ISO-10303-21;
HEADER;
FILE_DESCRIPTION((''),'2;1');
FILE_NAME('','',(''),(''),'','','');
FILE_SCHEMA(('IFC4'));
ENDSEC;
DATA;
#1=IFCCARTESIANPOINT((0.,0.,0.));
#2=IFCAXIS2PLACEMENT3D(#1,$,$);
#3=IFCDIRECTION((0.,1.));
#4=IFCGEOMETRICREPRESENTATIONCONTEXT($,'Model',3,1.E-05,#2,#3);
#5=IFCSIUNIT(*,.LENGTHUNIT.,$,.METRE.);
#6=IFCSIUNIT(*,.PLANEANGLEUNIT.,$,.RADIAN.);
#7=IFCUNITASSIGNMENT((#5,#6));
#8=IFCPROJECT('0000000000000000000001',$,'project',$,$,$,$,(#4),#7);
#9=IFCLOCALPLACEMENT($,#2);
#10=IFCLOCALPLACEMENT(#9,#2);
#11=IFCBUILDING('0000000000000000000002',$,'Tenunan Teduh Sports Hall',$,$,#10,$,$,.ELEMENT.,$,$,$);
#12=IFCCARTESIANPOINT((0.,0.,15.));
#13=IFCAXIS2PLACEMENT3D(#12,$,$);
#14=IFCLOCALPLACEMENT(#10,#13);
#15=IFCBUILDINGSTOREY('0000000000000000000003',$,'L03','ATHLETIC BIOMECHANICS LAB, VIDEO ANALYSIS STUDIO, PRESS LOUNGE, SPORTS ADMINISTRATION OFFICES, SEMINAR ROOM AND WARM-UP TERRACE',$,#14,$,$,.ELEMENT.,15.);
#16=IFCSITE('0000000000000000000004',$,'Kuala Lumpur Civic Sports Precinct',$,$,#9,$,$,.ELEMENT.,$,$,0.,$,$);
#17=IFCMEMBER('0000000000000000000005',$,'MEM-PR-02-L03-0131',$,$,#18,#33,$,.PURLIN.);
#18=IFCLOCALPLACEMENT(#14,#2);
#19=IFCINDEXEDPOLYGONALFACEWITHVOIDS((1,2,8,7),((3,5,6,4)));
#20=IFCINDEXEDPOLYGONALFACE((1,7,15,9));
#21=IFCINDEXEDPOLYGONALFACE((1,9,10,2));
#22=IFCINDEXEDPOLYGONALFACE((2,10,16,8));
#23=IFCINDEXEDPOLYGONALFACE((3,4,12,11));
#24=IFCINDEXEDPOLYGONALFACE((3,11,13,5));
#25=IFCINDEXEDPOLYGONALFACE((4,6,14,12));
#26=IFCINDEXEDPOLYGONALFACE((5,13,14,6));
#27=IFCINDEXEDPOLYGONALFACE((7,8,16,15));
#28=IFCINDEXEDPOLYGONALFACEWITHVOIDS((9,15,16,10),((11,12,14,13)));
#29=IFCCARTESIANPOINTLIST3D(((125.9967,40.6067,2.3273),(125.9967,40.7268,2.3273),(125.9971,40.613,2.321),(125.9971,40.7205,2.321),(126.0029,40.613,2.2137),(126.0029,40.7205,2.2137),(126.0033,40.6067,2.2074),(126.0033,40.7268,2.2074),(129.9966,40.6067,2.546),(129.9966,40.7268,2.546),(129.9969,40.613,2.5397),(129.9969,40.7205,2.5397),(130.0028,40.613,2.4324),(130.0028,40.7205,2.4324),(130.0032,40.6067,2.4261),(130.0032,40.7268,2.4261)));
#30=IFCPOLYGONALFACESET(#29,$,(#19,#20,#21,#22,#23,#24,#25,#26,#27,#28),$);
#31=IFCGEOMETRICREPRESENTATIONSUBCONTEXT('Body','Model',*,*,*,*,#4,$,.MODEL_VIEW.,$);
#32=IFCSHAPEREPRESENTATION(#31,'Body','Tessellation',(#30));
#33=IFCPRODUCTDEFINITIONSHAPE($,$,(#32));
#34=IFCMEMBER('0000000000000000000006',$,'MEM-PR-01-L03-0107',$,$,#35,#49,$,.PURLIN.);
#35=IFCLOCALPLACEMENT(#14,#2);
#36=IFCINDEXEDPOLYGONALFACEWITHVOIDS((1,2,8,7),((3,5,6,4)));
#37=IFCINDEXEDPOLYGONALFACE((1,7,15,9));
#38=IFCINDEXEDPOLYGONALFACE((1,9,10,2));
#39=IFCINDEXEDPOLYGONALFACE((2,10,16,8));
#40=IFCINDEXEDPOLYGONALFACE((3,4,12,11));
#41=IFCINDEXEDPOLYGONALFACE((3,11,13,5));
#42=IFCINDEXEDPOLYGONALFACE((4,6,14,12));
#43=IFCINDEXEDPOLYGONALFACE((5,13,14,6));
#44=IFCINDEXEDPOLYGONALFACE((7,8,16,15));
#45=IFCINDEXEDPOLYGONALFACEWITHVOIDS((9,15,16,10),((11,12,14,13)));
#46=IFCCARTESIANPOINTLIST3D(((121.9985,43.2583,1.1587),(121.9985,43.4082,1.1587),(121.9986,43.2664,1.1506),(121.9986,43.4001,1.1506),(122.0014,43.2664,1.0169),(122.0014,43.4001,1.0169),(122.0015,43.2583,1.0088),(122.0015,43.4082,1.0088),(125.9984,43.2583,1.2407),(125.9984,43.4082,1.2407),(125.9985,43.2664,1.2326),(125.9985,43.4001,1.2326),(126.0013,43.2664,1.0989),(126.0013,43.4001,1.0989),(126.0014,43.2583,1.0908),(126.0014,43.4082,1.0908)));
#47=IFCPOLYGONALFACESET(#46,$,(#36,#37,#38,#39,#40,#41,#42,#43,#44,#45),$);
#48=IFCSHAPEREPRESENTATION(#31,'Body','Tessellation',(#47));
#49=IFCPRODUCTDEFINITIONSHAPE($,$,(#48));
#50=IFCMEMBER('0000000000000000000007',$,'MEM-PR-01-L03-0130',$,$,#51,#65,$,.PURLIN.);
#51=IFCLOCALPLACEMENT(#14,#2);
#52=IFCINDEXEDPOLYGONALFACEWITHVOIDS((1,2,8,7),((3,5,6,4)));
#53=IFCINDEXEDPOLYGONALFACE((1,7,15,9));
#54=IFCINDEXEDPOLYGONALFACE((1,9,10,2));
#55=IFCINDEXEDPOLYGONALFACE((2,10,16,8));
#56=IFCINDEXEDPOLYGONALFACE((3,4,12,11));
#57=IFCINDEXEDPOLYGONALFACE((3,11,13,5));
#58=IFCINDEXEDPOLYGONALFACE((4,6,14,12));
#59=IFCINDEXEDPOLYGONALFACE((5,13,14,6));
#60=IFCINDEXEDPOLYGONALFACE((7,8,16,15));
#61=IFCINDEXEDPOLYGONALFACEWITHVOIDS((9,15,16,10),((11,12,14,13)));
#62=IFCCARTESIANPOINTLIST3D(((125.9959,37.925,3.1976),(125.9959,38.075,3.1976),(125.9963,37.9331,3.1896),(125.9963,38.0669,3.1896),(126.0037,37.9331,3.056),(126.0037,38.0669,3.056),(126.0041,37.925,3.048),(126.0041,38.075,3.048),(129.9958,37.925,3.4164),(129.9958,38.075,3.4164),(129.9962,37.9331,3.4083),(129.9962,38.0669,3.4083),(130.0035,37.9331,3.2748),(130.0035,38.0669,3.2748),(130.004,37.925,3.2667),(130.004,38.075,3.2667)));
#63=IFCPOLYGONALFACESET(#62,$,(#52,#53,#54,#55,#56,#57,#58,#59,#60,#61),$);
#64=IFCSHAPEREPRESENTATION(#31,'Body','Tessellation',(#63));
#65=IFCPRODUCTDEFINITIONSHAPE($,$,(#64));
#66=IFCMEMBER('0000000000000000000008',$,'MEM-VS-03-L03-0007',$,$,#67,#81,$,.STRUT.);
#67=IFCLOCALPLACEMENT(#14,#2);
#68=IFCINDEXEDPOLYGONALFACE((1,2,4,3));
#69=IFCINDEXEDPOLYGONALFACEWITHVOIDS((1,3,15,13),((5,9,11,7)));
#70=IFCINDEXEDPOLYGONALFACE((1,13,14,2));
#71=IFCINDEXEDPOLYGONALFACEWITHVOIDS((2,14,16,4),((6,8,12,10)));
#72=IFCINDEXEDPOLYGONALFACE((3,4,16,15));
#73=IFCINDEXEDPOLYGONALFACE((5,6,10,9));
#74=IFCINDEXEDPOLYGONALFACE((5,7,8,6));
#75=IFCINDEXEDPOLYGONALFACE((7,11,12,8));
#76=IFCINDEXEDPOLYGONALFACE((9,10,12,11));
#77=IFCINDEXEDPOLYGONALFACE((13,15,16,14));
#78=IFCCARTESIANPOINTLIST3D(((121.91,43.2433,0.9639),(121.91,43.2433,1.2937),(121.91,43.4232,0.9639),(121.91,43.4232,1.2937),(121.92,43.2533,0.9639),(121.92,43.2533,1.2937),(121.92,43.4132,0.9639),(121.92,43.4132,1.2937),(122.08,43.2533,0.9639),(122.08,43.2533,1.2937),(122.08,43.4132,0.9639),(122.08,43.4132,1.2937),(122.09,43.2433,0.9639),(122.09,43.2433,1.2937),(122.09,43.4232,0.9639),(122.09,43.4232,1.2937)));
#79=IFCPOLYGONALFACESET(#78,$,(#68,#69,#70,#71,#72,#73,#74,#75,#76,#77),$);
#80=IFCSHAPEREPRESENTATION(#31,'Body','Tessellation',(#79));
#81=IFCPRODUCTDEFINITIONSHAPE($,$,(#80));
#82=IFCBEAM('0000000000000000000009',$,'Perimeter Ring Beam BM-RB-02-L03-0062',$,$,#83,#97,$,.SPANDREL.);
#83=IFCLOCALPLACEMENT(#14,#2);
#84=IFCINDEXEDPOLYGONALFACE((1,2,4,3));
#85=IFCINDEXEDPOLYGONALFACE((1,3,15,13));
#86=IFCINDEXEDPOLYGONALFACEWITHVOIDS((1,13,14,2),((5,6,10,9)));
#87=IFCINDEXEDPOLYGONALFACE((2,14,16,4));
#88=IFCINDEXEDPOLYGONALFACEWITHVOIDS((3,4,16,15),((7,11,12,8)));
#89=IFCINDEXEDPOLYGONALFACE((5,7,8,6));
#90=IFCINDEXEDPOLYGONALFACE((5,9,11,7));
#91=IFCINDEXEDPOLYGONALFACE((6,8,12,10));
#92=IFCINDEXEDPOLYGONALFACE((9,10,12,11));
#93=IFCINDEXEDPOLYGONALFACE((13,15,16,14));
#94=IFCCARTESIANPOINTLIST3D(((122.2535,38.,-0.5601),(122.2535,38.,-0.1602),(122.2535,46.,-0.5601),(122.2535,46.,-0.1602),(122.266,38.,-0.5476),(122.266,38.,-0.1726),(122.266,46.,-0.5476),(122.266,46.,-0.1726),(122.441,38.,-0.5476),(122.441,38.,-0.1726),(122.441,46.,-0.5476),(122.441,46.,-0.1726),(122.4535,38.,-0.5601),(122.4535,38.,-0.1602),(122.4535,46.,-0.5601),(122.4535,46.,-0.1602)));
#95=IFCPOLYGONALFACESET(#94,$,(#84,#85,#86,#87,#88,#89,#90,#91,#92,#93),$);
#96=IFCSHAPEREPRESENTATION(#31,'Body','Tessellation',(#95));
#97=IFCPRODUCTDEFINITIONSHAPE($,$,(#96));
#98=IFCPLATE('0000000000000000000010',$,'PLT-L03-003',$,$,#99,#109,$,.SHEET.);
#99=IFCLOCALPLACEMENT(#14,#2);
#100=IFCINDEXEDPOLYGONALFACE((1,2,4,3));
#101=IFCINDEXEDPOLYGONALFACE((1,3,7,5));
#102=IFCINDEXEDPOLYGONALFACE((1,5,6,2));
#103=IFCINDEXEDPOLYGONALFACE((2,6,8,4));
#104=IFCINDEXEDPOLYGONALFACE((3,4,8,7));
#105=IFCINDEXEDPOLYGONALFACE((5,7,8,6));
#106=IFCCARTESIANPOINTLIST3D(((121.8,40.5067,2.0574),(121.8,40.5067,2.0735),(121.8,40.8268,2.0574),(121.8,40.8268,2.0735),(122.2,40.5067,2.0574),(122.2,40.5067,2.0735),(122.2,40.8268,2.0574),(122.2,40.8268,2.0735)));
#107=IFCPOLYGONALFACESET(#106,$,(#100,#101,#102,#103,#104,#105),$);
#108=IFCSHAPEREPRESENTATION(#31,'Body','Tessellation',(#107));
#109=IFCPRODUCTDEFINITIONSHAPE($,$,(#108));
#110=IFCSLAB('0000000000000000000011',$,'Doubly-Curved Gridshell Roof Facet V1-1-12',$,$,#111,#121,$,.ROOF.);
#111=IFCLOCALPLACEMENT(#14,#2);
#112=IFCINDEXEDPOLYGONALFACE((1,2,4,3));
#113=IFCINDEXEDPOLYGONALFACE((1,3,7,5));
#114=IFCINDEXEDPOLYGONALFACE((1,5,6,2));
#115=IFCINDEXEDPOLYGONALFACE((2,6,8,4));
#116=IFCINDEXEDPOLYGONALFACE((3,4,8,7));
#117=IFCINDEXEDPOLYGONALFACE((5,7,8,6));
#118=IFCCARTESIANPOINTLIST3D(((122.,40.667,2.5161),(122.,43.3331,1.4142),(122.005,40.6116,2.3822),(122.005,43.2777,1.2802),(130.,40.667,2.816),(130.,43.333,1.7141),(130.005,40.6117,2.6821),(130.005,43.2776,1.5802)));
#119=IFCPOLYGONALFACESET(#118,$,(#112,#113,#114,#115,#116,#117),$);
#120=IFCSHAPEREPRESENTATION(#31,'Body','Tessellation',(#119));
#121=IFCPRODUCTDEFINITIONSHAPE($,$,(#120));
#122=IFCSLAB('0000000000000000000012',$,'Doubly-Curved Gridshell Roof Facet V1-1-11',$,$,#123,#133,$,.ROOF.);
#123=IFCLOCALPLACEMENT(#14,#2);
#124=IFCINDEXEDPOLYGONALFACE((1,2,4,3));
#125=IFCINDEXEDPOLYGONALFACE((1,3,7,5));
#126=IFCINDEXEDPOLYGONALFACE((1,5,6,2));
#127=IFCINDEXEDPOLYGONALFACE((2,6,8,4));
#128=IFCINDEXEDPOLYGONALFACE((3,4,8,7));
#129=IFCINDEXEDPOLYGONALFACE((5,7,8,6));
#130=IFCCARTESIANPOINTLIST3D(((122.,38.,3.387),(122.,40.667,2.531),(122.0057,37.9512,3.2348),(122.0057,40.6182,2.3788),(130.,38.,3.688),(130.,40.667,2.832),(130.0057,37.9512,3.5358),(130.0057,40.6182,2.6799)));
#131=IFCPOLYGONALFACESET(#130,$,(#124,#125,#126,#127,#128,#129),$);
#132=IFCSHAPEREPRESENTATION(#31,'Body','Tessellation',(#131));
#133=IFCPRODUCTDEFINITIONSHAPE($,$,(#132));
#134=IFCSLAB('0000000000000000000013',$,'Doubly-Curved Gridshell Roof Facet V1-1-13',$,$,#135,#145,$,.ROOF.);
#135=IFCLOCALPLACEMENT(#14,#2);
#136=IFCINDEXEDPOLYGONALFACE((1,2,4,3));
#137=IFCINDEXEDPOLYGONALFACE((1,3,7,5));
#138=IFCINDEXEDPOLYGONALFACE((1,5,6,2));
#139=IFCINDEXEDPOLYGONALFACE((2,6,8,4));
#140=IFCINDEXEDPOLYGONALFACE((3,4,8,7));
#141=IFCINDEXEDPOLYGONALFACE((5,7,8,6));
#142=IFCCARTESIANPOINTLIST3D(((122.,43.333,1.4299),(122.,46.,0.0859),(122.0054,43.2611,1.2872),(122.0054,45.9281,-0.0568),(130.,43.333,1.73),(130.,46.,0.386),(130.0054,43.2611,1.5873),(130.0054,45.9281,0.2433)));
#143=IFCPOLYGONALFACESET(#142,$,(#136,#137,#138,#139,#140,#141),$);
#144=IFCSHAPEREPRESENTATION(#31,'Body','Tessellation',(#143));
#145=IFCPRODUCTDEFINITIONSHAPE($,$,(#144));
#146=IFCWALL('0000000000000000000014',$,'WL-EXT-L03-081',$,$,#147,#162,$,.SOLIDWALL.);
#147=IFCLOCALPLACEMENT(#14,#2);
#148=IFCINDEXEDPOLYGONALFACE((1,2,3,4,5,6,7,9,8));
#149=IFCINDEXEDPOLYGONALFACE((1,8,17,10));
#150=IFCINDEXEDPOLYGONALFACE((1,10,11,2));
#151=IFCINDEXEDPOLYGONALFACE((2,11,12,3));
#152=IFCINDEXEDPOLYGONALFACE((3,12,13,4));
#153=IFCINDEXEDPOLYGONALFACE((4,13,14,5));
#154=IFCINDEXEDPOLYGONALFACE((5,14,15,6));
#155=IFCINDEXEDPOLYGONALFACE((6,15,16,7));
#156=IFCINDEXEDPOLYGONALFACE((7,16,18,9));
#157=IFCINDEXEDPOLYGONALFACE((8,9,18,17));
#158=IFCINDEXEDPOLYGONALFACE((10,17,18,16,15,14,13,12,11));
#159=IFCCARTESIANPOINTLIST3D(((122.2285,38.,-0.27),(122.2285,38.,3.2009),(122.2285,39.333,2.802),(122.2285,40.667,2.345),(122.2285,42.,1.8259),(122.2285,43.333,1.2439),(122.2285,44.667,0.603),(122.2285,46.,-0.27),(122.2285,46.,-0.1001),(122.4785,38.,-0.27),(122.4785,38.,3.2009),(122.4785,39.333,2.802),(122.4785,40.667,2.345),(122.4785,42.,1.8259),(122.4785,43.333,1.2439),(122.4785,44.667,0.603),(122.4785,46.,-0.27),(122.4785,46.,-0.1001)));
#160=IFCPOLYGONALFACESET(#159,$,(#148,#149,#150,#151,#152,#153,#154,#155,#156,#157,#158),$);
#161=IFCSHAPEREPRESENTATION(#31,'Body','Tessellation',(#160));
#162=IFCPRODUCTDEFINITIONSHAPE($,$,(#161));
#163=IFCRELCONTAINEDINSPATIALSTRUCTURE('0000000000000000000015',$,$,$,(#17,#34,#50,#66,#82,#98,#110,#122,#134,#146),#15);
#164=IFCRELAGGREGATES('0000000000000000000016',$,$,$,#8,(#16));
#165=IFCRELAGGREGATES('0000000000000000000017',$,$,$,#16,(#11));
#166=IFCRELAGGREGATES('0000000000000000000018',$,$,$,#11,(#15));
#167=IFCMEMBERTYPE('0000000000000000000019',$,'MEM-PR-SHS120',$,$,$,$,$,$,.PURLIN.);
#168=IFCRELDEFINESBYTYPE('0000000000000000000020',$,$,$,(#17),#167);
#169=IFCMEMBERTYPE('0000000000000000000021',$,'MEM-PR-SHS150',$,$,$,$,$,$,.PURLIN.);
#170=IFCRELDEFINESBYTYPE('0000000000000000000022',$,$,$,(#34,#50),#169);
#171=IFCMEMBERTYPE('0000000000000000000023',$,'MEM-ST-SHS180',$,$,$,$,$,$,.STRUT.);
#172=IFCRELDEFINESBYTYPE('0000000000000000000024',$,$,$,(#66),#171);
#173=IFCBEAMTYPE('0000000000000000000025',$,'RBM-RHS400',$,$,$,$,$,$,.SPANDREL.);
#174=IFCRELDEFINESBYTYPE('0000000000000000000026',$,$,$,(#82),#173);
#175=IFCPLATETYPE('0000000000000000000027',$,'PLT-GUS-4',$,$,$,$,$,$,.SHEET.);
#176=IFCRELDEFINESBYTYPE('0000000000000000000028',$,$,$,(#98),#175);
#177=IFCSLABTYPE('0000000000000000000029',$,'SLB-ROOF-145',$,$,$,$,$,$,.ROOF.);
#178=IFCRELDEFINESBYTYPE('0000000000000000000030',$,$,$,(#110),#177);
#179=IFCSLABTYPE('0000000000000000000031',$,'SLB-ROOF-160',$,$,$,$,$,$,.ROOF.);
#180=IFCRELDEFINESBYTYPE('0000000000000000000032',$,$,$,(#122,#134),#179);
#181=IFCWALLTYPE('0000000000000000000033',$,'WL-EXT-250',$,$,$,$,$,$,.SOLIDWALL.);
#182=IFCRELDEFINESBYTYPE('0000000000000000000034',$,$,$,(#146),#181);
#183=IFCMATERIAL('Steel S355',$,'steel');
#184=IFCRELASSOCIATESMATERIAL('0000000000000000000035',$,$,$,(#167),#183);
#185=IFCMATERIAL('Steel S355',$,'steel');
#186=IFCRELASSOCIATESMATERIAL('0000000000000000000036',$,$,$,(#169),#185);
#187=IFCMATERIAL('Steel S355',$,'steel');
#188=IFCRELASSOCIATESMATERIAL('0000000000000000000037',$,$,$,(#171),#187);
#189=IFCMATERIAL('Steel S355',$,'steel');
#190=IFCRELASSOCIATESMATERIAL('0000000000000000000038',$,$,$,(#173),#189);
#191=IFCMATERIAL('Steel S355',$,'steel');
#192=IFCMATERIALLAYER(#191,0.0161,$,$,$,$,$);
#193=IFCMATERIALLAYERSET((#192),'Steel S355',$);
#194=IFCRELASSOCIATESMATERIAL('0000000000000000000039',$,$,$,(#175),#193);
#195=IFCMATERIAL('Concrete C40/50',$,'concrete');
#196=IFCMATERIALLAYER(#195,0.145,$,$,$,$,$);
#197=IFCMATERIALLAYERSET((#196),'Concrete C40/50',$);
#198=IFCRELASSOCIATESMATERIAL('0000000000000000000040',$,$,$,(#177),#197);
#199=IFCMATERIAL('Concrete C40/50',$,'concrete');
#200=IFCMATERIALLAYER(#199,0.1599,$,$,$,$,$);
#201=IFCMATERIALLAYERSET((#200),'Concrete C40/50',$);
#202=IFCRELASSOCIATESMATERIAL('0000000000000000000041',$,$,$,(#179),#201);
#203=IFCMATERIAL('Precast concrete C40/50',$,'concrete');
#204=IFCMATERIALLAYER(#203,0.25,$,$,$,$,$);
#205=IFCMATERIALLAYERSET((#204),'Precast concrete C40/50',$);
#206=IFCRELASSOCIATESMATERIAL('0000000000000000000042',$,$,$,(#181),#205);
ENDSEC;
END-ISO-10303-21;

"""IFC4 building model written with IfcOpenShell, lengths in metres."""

from ifc_helpers import new_model, si_unit, direction, frame, origin, origin_2d, place, context, subcontext, project, spatial, polyline, rectangle, hollow_rectangle, outline, extrude, material, layer, layer_set, material_profile, profile_set, type_object, element, save


model = new_model("IFC4")

# Units and contexts
model_context = context("Model", 3, precision=1e-05, world=origin(), true_north=direction((0.0, 1.0)))
body_context = subcontext(model_context, "Body", "Model", "MODEL_VIEW")
ifc_project = project(units=[si_unit("LENGTHUNIT", "METRE"), si_unit("PLANEANGLEUNIT", "RADIAN")], contexts=[model_context])

# Site, building, storey
site_placement = place(None, origin())
site = spatial("IfcSite", under=ifc_project, at=site_placement, Name="Kuala Lumpur Civic Sports Precinct", CompositionType="ELEMENT", RefElevation=0.0)
building_placement = place(site_placement, origin())
building = spatial("IfcBuilding", under=site, at=building_placement, Name="Tenunan Teduh Sports Hall", CompositionType="ELEMENT")
storey_placement = place(building_placement, frame((0.0, 0.0, 15.0)))
storey = spatial("IfcBuildingStorey", under=building, at=storey_placement, Name="L03", Description="ATHLETIC BIOMECHANICS LAB, VIDEO ANALYSIS STUDIO, PRESS LOUNGE, SPORTS ADMINISTRATION OFFICES, SEMINAR ROOM AND WARM-UP TERRACE", CompositionType="ELEMENT", Elevation=15.0)

# Members
ifc_material_1 = material(Name="Steel S355", Category="steel")
ifc_material_profile_1 = material_profile(ifc_material_1, hollow_rectangle(XDim=0.1201, YDim=0.1201, WallThickness=0.0063, at=origin_2d()), Name="SHS 120x120x6.3")
ifc_profile_set_1 = profile_set([ifc_material_profile_1], Name="Steel S355")
member_type_1 = type_object("IfcMemberType", Name="MEM-PR-SHS120", PredefinedType="PURLIN", material=ifc_profile_set_1)
member_1_placement = place(storey_placement, frame((126.0, 40.6667, 2.2673), z_axis=(0.998508, 0.0, 0.054606), x_axis=(0.0, 1.0, 0.0)))
element("IfcMember", 1, at=member_1_placement, inside=storey, type_object=member_type_1, Name="MEM-PR-02-L03-0131", PredefinedType="PURLIN", context=body_context, shape_type="SweptSolid", body=[
    extrude(hollow_rectangle(XDim=0.1201, YDim=0.1201, WallThickness=0.0063, at=origin_2d()), origin(), (0.0, 0.0, 1.0), 4.0059),
])
ifc_material_2 = material(Name="Steel S355", Category="steel")
ifc_material_profile_2 = material_profile(ifc_material_2, hollow_rectangle(XDim=0.1499, YDim=0.1499, WallThickness=0.0081, at=origin_2d()), Name="SHS 150x150x8.0")
ifc_profile_set_2 = profile_set([ifc_material_profile_2], Name="Steel S355")
member_type_2 = type_object("IfcMemberType", Name="MEM-PR-SHS150", PredefinedType="PURLIN", material=ifc_profile_set_2)
member_2_placement = place(storey_placement, frame((122.0, 43.3333, 1.0837), z_axis=(0.99979, 0.0, 0.020504), x_axis=(0.0, 1.0, 0.0)))
element("IfcMember", 2, at=member_2_placement, inside=storey, type_object=member_type_2, Name="MEM-PR-01-L03-0107", PredefinedType="PURLIN", context=body_context, shape_type="SweptSolid", body=[
    extrude(hollow_rectangle(XDim=0.1499, YDim=0.1499, WallThickness=0.0081, at=origin_2d()), origin(), (0.0, 0.0, 1.0), 4.0007),
])
member_3_placement = place(storey_placement, frame((126.0, 38.0, 3.1228), z_axis=(0.998508, 0.0, 0.054606), x_axis=(0.0, 1.0, 0.0)))
element("IfcMember", 3, at=member_3_placement, inside=storey, type_object=member_type_2, Name="MEM-PR-01-L03-0130", PredefinedType="PURLIN", context=body_context, shape_type="SweptSolid", body=[
    extrude(hollow_rectangle(XDim=0.1499, YDim=0.1499, WallThickness=0.0081, at=origin_2d()), origin(), (0.0, 0.0, 1.0), 4.0059),
])
ifc_material_3 = material(Name="Steel S355", Category="steel")
ifc_material_profile_3 = material_profile(ifc_material_3, hollow_rectangle(XDim=0.1799, YDim=0.1799, WallThickness=0.01, at=origin_2d()), Name="SHS 180x180x10.0")
ifc_profile_set_3 = profile_set([ifc_material_profile_3], Name="Steel S355")
member_type_3 = type_object("IfcMemberType", Name="MEM-ST-SHS180", PredefinedType="STRUT", material=ifc_profile_set_3)
member_4_placement = place(storey_placement, frame((122.0, 43.3333, 0.9639), z_axis=(0.0, 0.0, 1.0), x_axis=(1.0, 0.0, 0.0)))
element("IfcMember", 4, at=member_4_placement, inside=storey, type_object=member_type_3, Name="MEM-VS-03-L03-0007", PredefinedType="STRUT", context=body_context, shape_type="SweptSolid", body=[
    extrude(hollow_rectangle(XDim=0.1799, YDim=0.1799, WallThickness=0.01, at=origin_2d()), origin(), (0.0, 0.0, 1.0), 0.3298),
])

# Beam
ifc_material_4 = material(Name="Steel S355", Category="steel")
ifc_material_profile_4 = material_profile(ifc_material_4, hollow_rectangle(XDim=0.2, YDim=0.3999, WallThickness=0.0125, at=origin_2d()), Name="RHS 400x200x12.5")
ifc_profile_set_4 = profile_set([ifc_material_profile_4], Name="Steel S355")
beam_type_1 = type_object("IfcBeamType", Name="RBM-RHS400", PredefinedType="SPANDREL", material=ifc_profile_set_4)
beam_1_placement = place(storey_placement, frame((122.3535, 38.0, -0.3601), z_axis=(0.0, 1.0, 0.0), x_axis=(-1.0, 0.0, 0.0)))
element("IfcBeam", 5, at=beam_1_placement, inside=storey, type_object=beam_type_1, Name="Perimeter Ring Beam BM-RB-02-L03-0062", PredefinedType="SPANDREL", context=body_context, shape_type="SweptSolid", body=[
    extrude(hollow_rectangle(XDim=0.2, YDim=0.3999, WallThickness=0.0125, at=origin_2d()), origin(), (0.0, 0.0, 1.0), 8.0),
])

# Plate
ifc_material_5 = material(Name="Steel S355", Category="steel")
ifc_layer_1 = layer(ifc_material_5, 0.0161)
ifc_layer_set_1 = layer_set([ifc_layer_1], Name="Steel S355")
plate_type = type_object("IfcPlateType", Name="PLT-GUS-4", PredefinedType="SHEET", material=ifc_layer_set_1)
plate_placement = place(storey_placement, frame((122.0, 40.6667, 2.0574), z_axis=(0.0, 0.0, 1.0), x_axis=(1.0, 0.0, 0.0)))
element("IfcPlate", 6, at=plate_placement, inside=storey, type_object=plate_type, Name="PLT-L03-003", PredefinedType="SHEET", context=body_context, shape_type="SweptSolid", body=[
    extrude(rectangle(XDim=0.3999, YDim=0.3201, at=origin_2d()), origin(), (0.0, 0.0, 1.0), 0.0161),
])

# Slabs
ifc_material_6 = material(Name="Concrete C40/50", Category="concrete")
ifc_layer_2 = layer(ifc_material_6, 0.145)
ifc_layer_set_2 = layer_set([ifc_layer_2], Name="Concrete C40/50")
slab_type_1 = type_object("IfcSlabType", Name="SLB-ROOF-145", PredefinedType="ROOF", material=ifc_layer_set_2)
slab_1_placement = place(storey_placement, frame((122.0, 40.667, 2.5161), z_axis=(-0.034627, 0.381753, 0.923616), x_axis=(0.999298, 0.000005, 0.037462)))
element("IfcSlab", 7, at=slab_1_placement, inside=storey, type_object=slab_type_1, Name="Doubly-Curved Gridshell Roof Facet V1-1-12", PredefinedType="ROOF", context=body_context, shape_type="SweptSolid", body=[
    extrude(outline(polyline([(0.0, 0.0), (8.0056, 0.0), (7.9644, 2.8844), (-0.0413, 2.8845), (0.0, 0.0)])), origin(), (0.0, 0.0, -1.0), 0.145),
])
ifc_material_7 = material(Name="Concrete C40/50", Category="concrete")
ifc_layer_3 = layer(ifc_material_7, 0.1599)
ifc_layer_set_3 = layer_set([ifc_layer_3], Name="Concrete C40/50")
slab_type_2 = type_object("IfcSlabType", Name="SLB-ROOF-160", PredefinedType="ROOF", material=ifc_layer_set_3)
slab_2_placement = place(storey_placement, frame((122.0, 38.0, 3.387), z_axis=(-0.035805, 0.305396, 0.951552), x_axis=(0.999293, 0.0, 0.037602)))
element("IfcSlab", 8, at=slab_2_placement, inside=storey, type_object=slab_type_2, Name="Doubly-Curved Gridshell Roof Facet V1-1-11", PredefinedType="ROOF", context=body_context, shape_type="SweptSolid", body=[
    extrude(outline(polyline([(0.0, 0.0), (8.0057, 0.0), (7.9735, 2.8008), (-0.0322, 2.8008), (0.0, 0.0)])), origin(), (0.0, 0.0, -1.0), 0.1599),
])
slab_3_placement = place(storey_placement, frame((122.0, 43.333, 1.4299), z_axis=(-0.033475, 0.449771, 0.892516), x_axis=(0.999297, 0.0, 0.03748)))
element("IfcSlab", 9, at=slab_3_placement, inside=storey, type_object=slab_type_2, Name="Doubly-Curved Gridshell Roof Facet V1-1-13", PredefinedType="ROOF", context=body_context, shape_type="SweptSolid", body=[
    extrude(outline(polyline([(0.0, 0.0), (8.0056, 0.0), (7.9553, 2.9861), (-0.0504, 2.9861), (0.0, 0.0)])), origin(), (0.0, 0.0, -1.0), 0.1599),
])

# Wall
ifc_material_8 = material(Name="Precast concrete C40/50", Category="concrete")
ifc_layer_4 = layer(ifc_material_8, 0.25)
ifc_layer_set_4 = layer_set([ifc_layer_4], Name="Precast concrete C40/50")
wall_type = type_object("IfcWallType", Name="WL-EXT-250", PredefinedType="SOLIDWALL", material=ifc_layer_set_4)
wall_placement = place(storey_placement, frame((122.3535, 38.0, -0.27), z_axis=(0.0, 0.0, 1.0), x_axis=(0.0, 1.0, 0.0)))
element("IfcWall", 10, at=wall_placement, inside=storey, type_object=wall_type, Name="WL-EXT-L03-081", PredefinedType="SOLIDWALL", context=body_context, shape_type="SweptSolid", body=[
    extrude(outline(polyline([(0.0, 0.0), (8.0, 0.0), (8.0, 0.1699), (6.667, 0.873), (5.333, 1.5139), (4.0, 2.0959), (2.667, 2.615), (1.333, 3.072), (0.0, 3.4709), (0.0, 0.0)])), frame((0.0, 0.125, 0.0), z_axis=(0.0, -1.0, 0.0), x_axis=(1.0, 0.0, 0.0)), (0.0, 0.0, 1.0), 0.25),
])

save(model, "model.ifc")
